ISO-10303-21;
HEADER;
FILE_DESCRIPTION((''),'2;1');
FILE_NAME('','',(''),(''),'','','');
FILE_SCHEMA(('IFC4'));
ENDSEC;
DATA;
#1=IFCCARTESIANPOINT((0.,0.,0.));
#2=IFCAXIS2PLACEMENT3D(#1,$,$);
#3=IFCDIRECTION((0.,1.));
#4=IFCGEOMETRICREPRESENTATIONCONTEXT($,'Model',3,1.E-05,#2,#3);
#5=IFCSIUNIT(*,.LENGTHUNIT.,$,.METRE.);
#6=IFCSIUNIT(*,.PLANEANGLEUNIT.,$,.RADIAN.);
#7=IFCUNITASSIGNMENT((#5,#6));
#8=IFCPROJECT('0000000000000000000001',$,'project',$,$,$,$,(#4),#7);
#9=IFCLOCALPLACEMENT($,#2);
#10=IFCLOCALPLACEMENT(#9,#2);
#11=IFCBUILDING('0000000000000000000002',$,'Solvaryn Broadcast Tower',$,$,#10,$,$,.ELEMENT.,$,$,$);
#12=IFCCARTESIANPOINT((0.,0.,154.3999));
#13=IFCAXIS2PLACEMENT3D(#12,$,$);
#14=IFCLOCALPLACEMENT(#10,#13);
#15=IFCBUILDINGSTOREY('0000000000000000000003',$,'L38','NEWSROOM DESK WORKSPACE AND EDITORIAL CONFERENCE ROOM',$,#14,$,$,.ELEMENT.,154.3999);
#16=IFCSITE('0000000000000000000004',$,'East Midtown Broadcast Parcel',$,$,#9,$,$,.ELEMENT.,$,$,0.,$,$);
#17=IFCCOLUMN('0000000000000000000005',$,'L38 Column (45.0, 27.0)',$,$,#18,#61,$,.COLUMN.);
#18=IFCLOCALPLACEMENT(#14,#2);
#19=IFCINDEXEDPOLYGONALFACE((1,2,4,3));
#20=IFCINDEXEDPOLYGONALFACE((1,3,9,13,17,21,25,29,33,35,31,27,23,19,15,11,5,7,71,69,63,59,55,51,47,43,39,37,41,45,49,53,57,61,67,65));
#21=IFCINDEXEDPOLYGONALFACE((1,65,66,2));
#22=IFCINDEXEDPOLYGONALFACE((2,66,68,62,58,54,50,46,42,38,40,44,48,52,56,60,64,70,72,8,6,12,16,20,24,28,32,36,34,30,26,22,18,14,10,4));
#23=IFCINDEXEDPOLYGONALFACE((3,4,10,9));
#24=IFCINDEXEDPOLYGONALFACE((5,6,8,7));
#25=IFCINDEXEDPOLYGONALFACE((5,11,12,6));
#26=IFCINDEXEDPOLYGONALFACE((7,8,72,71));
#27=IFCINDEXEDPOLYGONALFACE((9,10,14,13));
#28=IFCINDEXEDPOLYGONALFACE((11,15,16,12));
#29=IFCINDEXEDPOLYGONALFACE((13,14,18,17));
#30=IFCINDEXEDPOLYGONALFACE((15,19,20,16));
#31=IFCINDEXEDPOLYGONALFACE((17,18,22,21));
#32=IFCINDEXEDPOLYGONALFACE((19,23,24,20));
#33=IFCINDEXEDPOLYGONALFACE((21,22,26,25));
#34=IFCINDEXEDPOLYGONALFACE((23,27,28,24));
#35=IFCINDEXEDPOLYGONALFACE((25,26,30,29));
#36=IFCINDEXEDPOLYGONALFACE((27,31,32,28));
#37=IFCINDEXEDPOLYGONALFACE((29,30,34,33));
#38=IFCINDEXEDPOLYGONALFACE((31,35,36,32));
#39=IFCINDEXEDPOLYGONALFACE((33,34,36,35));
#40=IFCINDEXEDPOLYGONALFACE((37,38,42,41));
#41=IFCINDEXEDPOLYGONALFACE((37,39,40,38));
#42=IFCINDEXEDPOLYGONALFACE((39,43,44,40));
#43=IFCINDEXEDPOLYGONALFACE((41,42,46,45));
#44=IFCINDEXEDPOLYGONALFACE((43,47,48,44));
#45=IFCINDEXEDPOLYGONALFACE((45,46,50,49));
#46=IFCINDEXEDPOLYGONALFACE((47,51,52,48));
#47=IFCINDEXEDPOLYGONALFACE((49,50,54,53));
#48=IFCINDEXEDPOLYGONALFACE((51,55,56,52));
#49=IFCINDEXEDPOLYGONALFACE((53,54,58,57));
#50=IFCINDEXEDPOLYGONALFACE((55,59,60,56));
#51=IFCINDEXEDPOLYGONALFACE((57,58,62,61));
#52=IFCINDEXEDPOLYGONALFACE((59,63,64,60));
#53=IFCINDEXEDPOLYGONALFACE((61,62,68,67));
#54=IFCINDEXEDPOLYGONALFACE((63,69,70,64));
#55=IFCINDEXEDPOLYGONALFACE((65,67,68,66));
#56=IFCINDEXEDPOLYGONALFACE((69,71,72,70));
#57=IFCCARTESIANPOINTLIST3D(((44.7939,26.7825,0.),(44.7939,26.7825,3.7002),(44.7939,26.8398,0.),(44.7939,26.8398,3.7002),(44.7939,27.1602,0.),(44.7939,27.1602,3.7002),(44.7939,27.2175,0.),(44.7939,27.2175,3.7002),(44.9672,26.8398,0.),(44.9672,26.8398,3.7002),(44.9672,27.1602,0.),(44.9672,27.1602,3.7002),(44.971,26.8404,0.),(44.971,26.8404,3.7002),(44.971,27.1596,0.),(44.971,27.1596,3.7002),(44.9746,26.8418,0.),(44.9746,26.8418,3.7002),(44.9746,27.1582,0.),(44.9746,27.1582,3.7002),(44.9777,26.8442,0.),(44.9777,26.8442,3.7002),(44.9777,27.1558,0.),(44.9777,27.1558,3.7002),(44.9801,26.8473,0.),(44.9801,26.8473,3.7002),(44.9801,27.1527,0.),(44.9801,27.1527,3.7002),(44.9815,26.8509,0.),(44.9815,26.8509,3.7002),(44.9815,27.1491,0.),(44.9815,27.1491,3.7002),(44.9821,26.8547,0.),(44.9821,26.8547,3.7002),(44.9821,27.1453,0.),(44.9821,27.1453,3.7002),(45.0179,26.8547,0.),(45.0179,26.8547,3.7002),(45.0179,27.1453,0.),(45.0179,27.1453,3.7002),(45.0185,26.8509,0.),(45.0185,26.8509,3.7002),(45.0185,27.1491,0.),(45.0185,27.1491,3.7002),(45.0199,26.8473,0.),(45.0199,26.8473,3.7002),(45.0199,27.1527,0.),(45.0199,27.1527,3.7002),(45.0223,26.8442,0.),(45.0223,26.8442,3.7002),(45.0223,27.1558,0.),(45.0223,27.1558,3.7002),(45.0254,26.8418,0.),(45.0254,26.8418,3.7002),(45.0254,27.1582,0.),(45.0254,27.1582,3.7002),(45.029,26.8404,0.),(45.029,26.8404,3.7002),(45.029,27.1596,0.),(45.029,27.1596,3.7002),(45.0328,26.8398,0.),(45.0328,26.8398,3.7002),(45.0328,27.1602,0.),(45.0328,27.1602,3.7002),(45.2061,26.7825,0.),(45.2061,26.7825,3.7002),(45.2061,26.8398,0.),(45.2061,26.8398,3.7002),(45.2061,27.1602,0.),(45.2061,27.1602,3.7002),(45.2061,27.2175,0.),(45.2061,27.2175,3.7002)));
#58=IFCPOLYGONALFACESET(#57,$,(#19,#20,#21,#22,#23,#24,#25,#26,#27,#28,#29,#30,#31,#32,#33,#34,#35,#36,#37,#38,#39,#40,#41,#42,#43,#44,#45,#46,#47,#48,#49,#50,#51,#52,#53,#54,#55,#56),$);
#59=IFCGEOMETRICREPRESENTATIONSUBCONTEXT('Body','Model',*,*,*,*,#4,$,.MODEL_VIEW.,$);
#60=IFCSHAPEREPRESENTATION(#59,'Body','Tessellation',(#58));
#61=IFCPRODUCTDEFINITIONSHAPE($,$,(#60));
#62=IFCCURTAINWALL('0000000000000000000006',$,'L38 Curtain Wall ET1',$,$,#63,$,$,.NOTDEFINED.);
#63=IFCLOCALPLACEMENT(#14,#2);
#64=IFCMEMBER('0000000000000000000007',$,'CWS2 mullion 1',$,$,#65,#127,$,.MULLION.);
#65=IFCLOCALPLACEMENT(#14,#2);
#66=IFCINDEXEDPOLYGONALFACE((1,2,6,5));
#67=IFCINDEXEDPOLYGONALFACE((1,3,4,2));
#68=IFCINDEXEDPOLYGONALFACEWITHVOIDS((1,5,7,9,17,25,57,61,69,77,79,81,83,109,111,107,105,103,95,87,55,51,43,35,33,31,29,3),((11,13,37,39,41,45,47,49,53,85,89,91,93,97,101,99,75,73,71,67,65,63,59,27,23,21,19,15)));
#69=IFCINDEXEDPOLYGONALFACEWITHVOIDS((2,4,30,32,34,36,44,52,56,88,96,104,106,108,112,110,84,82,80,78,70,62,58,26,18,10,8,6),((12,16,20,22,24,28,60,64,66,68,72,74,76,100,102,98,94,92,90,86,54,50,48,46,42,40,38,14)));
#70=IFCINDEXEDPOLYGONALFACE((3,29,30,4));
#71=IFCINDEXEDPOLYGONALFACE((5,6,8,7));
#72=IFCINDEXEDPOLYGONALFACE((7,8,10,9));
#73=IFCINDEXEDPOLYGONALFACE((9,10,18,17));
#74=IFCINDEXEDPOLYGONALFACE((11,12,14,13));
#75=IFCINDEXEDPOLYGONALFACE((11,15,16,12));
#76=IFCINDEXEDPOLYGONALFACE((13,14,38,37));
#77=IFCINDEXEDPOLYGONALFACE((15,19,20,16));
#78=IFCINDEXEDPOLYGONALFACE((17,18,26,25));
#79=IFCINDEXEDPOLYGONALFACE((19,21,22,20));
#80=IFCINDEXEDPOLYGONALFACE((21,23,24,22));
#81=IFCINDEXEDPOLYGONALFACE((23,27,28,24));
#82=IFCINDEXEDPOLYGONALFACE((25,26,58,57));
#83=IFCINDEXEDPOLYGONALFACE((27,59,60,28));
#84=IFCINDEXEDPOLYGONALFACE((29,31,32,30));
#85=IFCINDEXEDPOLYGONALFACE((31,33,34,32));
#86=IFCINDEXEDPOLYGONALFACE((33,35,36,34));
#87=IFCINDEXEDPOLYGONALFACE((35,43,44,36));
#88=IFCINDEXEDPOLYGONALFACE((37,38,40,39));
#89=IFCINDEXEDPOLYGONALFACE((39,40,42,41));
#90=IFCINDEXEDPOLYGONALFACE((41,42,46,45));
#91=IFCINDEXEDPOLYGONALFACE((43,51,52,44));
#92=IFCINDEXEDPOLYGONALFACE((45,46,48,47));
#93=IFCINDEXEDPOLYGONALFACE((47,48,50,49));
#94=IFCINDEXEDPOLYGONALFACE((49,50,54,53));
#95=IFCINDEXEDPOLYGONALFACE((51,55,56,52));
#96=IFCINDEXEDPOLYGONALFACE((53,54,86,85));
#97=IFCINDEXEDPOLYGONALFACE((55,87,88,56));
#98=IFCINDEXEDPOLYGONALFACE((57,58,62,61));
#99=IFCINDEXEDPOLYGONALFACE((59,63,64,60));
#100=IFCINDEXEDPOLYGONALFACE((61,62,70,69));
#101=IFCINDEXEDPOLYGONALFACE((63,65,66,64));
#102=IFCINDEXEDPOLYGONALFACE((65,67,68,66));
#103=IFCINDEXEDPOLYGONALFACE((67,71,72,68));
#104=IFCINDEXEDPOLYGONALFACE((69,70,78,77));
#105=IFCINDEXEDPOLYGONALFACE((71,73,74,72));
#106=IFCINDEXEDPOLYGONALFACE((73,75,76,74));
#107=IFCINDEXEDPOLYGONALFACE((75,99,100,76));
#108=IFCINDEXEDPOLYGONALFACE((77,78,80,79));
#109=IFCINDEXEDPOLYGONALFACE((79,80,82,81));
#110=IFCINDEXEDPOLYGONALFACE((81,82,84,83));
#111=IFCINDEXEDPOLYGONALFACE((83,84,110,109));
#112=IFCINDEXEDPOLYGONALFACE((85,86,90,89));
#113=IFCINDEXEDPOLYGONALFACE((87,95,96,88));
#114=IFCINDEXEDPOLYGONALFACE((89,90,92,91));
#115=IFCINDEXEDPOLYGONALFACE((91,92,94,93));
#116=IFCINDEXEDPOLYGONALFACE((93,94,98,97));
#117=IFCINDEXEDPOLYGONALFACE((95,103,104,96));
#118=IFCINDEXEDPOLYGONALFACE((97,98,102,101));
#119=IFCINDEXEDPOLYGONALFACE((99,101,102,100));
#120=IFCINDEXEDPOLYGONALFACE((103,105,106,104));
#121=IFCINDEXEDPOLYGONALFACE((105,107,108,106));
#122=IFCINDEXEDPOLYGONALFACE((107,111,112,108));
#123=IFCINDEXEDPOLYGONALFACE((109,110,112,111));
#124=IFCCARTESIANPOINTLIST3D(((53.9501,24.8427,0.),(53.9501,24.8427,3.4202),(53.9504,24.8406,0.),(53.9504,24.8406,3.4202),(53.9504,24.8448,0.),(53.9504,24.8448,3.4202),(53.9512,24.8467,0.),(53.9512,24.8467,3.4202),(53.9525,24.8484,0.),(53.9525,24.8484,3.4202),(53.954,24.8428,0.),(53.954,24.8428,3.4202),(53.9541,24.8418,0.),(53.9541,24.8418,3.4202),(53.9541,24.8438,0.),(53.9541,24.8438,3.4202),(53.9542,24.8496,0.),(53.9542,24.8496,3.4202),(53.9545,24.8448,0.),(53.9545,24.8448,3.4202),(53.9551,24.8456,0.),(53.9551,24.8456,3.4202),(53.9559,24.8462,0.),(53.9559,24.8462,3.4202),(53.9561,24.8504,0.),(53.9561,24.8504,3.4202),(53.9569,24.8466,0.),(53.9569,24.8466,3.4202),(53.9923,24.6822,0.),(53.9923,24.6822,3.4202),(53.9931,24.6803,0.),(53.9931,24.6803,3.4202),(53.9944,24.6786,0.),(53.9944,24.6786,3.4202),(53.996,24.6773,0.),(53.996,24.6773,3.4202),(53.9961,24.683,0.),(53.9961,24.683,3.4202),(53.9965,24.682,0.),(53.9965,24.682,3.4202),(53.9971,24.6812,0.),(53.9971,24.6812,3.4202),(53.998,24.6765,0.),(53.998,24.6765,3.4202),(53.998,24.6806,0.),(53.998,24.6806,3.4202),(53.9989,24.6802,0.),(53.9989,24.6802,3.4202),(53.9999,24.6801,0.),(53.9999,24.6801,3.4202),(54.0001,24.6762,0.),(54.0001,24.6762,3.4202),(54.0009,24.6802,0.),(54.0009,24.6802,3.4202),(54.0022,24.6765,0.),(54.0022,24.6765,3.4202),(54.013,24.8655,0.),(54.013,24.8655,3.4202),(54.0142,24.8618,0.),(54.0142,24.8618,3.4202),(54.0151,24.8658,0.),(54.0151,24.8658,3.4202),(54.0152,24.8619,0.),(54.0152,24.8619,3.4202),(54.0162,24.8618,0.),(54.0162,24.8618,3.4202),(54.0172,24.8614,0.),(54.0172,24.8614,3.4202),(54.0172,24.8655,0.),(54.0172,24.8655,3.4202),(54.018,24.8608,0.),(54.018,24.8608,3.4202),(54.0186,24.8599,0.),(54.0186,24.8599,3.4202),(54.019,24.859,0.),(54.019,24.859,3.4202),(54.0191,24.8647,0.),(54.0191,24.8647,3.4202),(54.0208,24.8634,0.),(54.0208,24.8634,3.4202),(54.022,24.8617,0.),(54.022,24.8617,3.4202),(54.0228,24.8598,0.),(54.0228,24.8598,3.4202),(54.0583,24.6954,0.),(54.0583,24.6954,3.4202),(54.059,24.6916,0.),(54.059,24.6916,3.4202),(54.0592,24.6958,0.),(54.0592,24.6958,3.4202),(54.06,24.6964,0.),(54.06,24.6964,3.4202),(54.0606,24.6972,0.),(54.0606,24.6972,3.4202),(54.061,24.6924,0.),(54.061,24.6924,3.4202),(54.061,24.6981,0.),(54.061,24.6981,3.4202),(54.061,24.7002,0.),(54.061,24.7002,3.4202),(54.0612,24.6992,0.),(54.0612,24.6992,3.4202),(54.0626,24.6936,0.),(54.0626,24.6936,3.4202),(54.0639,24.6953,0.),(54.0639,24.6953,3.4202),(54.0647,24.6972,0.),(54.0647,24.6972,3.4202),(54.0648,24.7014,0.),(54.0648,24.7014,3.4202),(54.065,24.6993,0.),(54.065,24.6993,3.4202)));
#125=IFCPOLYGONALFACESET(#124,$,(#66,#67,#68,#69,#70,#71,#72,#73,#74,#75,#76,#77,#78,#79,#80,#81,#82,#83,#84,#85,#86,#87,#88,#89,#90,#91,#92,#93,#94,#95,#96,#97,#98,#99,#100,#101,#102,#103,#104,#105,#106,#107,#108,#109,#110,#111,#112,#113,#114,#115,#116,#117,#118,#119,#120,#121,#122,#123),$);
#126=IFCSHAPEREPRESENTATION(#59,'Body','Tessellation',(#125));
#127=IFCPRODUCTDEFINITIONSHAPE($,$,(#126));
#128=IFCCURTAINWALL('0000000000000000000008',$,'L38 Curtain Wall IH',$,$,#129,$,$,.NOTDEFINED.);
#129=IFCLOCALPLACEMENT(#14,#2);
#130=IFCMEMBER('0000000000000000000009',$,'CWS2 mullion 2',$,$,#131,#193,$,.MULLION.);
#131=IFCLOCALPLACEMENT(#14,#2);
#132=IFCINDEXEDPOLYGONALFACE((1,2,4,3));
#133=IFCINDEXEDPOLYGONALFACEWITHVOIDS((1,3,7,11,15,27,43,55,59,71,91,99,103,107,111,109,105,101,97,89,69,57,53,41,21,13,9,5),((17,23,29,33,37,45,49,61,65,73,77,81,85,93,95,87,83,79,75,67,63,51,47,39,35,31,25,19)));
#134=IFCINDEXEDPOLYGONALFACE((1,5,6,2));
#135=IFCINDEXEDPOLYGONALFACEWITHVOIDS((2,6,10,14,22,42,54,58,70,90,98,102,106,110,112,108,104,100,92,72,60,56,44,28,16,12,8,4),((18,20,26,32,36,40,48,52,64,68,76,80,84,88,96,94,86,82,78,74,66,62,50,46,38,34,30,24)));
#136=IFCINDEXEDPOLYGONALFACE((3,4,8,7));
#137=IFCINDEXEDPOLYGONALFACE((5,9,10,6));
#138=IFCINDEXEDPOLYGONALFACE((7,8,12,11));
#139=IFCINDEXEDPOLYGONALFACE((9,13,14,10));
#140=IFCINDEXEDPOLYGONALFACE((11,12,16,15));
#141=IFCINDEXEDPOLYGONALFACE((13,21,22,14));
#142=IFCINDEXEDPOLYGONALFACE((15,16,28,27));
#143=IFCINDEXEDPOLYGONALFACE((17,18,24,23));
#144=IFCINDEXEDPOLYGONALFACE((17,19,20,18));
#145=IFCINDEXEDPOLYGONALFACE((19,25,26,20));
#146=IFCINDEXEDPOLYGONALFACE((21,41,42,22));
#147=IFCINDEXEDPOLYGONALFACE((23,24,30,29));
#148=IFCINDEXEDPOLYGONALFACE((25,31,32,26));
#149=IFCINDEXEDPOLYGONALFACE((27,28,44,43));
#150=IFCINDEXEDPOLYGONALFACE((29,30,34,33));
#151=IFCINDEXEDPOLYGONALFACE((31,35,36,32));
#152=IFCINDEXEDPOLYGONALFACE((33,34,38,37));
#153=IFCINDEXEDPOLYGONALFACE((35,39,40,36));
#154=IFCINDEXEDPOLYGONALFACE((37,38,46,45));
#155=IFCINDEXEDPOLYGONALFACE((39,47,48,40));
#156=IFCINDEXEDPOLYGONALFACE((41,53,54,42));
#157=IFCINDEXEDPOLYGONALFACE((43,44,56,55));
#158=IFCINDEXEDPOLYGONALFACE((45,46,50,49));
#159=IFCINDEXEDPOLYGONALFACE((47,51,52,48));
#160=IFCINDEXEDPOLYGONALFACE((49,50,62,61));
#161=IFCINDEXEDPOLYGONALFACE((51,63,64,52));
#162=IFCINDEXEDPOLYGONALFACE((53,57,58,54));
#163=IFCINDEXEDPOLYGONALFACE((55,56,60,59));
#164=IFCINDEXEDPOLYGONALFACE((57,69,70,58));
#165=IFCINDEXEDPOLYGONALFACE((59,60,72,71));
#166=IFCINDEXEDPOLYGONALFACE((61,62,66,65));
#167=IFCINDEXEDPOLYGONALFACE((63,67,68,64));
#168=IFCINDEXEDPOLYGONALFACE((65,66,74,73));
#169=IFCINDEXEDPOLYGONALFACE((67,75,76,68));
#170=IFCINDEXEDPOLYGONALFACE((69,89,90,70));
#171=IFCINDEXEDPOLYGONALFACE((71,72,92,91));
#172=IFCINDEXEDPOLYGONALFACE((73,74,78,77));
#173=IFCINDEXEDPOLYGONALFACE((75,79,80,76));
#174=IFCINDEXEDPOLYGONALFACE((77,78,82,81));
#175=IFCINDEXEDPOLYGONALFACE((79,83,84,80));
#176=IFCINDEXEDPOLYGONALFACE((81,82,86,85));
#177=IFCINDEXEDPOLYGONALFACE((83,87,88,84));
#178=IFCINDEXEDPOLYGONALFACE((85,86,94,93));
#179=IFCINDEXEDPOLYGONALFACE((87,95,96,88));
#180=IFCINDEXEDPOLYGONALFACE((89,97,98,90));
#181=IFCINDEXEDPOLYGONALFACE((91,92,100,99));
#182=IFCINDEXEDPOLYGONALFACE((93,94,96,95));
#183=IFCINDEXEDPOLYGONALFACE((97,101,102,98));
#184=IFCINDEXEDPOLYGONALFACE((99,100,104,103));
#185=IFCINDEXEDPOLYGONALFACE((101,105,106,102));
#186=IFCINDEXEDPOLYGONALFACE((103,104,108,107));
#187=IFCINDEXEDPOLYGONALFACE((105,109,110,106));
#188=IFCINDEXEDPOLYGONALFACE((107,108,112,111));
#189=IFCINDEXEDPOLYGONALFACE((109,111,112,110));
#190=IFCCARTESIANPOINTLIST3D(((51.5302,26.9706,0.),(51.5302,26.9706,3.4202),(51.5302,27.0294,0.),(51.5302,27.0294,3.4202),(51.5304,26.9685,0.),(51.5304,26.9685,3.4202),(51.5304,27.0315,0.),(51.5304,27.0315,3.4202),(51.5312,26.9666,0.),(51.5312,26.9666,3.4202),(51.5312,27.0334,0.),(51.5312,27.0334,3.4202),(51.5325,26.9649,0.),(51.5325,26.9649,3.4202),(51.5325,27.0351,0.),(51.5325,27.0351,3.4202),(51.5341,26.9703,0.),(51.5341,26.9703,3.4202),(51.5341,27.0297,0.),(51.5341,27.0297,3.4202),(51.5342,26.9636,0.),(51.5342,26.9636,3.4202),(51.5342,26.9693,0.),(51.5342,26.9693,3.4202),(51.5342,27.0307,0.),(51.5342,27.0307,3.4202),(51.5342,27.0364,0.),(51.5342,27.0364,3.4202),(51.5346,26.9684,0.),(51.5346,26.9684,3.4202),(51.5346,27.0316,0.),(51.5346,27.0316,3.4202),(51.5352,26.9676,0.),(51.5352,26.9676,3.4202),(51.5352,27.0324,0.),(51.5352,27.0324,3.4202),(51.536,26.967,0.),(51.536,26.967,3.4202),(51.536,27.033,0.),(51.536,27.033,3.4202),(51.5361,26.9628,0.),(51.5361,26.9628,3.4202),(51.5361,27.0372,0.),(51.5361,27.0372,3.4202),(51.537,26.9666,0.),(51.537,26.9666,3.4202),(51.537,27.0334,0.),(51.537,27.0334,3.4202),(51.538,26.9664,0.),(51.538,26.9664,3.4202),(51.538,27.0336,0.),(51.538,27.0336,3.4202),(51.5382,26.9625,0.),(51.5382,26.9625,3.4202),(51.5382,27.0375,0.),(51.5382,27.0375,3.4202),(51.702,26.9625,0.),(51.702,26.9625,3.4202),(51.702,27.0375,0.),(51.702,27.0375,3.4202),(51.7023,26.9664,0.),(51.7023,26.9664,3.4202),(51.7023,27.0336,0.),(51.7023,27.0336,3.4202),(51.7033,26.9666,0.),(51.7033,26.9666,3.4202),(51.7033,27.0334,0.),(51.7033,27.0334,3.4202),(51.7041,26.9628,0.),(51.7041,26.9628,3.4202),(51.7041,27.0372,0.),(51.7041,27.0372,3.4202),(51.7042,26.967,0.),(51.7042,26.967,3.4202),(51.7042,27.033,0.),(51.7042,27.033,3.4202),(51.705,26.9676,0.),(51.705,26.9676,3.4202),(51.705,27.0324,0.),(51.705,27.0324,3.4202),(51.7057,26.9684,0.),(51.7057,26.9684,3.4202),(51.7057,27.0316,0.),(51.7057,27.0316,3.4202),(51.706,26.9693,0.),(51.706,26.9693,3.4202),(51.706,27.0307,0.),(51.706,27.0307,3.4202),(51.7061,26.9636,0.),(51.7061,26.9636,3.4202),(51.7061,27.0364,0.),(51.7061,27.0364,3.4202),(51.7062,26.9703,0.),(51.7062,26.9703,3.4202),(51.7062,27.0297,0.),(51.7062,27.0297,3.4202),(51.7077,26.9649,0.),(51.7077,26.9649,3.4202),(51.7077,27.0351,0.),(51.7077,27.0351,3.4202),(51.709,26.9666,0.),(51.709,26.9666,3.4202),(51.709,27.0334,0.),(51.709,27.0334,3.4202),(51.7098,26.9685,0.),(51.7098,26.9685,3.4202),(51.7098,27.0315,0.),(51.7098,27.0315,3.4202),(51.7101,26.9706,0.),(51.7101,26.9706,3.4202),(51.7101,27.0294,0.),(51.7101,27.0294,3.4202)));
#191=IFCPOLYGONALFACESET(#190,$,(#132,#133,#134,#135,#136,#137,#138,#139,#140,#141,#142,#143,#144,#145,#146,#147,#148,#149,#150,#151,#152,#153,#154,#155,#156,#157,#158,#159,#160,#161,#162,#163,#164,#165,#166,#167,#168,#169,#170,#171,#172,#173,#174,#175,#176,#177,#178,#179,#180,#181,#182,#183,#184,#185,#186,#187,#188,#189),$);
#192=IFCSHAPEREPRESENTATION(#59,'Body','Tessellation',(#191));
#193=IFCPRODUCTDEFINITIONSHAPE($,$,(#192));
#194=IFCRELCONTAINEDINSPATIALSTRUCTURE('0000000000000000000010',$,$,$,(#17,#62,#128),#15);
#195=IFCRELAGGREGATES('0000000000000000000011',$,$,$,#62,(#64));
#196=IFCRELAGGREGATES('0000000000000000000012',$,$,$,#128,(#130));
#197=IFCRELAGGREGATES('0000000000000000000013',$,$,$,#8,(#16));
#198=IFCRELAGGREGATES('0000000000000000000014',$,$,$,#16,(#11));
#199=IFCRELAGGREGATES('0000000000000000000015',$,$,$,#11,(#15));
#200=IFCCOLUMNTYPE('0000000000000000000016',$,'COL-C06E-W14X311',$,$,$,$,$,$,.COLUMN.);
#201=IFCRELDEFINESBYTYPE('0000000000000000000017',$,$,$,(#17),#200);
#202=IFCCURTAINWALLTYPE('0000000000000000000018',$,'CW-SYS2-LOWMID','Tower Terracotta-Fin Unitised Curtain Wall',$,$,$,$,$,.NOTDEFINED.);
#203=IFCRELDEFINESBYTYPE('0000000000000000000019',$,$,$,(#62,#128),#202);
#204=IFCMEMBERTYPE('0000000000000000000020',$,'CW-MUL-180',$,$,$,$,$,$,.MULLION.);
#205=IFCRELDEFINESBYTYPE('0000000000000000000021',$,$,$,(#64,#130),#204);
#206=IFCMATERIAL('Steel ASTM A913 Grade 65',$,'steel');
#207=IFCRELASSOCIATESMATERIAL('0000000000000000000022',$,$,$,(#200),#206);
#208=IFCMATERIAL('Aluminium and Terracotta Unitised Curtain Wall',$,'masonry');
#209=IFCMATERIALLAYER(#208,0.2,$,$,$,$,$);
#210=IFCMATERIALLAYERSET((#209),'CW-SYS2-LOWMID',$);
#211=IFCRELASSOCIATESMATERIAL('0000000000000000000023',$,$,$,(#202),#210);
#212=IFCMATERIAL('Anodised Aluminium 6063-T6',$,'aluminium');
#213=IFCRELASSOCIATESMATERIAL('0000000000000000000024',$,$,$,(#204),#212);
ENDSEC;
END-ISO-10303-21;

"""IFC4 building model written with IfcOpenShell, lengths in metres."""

from ifc_helpers import new_model, si_unit, direction, frame, origin, origin_2d, place, context, subcontext, project, spatial, hollow_rectangle, i_section, extrude, material, layer, layer_set, material_profile, profile_set, type_object, element, aggregate, save


model = new_model("IFC4")

# Units and contexts
model_context = context("Model", 3, precision=1e-05, world=origin(), true_north=direction((0.0, 1.0)))
body_context = subcontext(model_context, "Body", "Model", "MODEL_VIEW")
ifc_project = project(units=[si_unit("LENGTHUNIT", "METRE"), si_unit("PLANEANGLEUNIT", "RADIAN")], contexts=[model_context])

# Site, building, storey
site_placement = place(None, origin())
site = spatial("IfcSite", under=ifc_project, at=site_placement, Name="East Midtown Broadcast Parcel", CompositionType="ELEMENT", RefElevation=0.0)
building_placement = place(site_placement, origin())
building = spatial("IfcBuilding", under=site, at=building_placement, Name="Solvaryn Broadcast Tower", CompositionType="ELEMENT")
storey_placement = place(building_placement, frame((0.0, 0.0, 154.3999)))
storey = spatial("IfcBuildingStorey", under=building, at=storey_placement, Name="L38", Description="NEWSROOM DESK WORKSPACE AND EDITORIAL CONFERENCE ROOM", CompositionType="ELEMENT", Elevation=154.3999)

# Column
ifc_material_1 = material(Name="Steel ASTM A913 Grade 65", Category="steel")
ifc_material_profile_1 = material_profile(ifc_material_1, i_section(OverallWidth=0.4121, OverallDepth=0.4351, WebThickness=0.0359, FlangeThickness=0.0574, FilletRadius=0.0149, at=origin_2d()))
ifc_profile_set_1 = profile_set([ifc_material_profile_1], Name="Steel ASTM A913 Grade 65")
column_type = type_object("IfcColumnType", Name="COL-C06E-W14X311", PredefinedType="COLUMN", material=ifc_profile_set_1)
column_placement = place(storey_placement, frame((45.0, 27.0, 0.0), z_axis=(0.0, 0.0, 1.0), x_axis=(1.0, 0.0, 0.0)))
element("IfcColumn", 1, at=column_placement, inside=storey, type_object=column_type, Name="L38 Column (45.0, 27.0)", PredefinedType="COLUMN", context=body_context, shape_type="SweptSolid", body=[
    extrude(i_section(OverallWidth=0.4121, OverallDepth=0.4351, WebThickness=0.0359, FlangeThickness=0.0574, FilletRadius=0.0149, at=origin_2d()), origin(), (0.0, 0.0, 1.0), 3.7002),
])

# Curtain walls, members
ifc_material_2 = material(Name="Aluminium and Terracotta Unitised Curtain Wall", Category="masonry")
ifc_layer_1 = layer(ifc_material_2, 0.2)
ifc_layer_set_1 = layer_set([ifc_layer_1], Name="CW-SYS2-LOWMID")
curtain_wall_type = type_object("IfcCurtainWallType", Name="CW-SYS2-LOWMID", Description="Tower Terracotta-Fin Unitised Curtain Wall", PredefinedType="NOTDEFINED", material=ifc_layer_set_1)
curtain_wall_1_placement = place(storey_placement, origin())
curtain_wall_1 = element("IfcCurtainWall", 2, at=curtain_wall_1_placement, inside=storey, type_object=curtain_wall_type, Name="L38 Curtain Wall ET1", PredefinedType="NOTDEFINED")
ifc_material_3 = material(Name="Anodised Aluminium 6063-T6", Category="aluminium")
ifc_material_profile_2 = material_profile(ifc_material_3, hollow_rectangle(XDim=0.075, YDim=0.1799, WallThickness=0.0039, InnerFilletRadius=0.0039, OuterFilletRadius=0.0081, at=origin_2d()))
ifc_profile_set_2 = profile_set([ifc_material_profile_2], Name="Anodised Aluminium 6063-T6")
member_type_1 = type_object("IfcMemberType", Name="CW-MUL-180", PredefinedType="MULLION", material=ifc_profile_set_2)
member_1_placement = place(storey_placement, frame((54.0076, 24.771, 0.0), z_axis=(0.0, 0.0, 1.0), x_axis=(0.966705, 0.255893, 0.0)))
member_1 = element("IfcMember", 3, at=member_1_placement, type_object=member_type_1, Name="CWS2 mullion 1", PredefinedType="MULLION", context=body_context, shape_type="SweptSolid", body=[
    extrude(hollow_rectangle(XDim=0.075, YDim=0.1799, WallThickness=0.0039, InnerFilletRadius=0.0039, OuterFilletRadius=0.0081, at=origin_2d()), origin(), (0.0, 0.0, 1.0), 3.4202),
])
curtain_wall_2_placement = place(storey_placement, origin())
curtain_wall_2 = element("IfcCurtainWall", 4, at=curtain_wall_2_placement, inside=storey, type_object=curtain_wall_type, Name="L38 Curtain Wall IH", PredefinedType="NOTDEFINED")
member_2_placement = place(storey_placement, frame((51.6201, 27.0, 0.0), z_axis=(0.0, 0.0, 1.0), x_axis=(0.0, 1.0, 0.0)))
member_2 = element("IfcMember", 5, at=member_2_placement, type_object=member_type_1, Name="CWS2 mullion 2", PredefinedType="MULLION", context=body_context, shape_type="SweptSolid", body=[
    extrude(hollow_rectangle(XDim=0.075, YDim=0.1799, WallThickness=0.0039, InnerFilletRadius=0.0039, OuterFilletRadius=0.0081, at=origin_2d()), origin(), (0.0, 0.0, 1.0), 3.4202),
])

aggregate(curtain_wall_1, [member_1])
aggregate(curtain_wall_2, [member_2])

save(model, "model.ifc")
